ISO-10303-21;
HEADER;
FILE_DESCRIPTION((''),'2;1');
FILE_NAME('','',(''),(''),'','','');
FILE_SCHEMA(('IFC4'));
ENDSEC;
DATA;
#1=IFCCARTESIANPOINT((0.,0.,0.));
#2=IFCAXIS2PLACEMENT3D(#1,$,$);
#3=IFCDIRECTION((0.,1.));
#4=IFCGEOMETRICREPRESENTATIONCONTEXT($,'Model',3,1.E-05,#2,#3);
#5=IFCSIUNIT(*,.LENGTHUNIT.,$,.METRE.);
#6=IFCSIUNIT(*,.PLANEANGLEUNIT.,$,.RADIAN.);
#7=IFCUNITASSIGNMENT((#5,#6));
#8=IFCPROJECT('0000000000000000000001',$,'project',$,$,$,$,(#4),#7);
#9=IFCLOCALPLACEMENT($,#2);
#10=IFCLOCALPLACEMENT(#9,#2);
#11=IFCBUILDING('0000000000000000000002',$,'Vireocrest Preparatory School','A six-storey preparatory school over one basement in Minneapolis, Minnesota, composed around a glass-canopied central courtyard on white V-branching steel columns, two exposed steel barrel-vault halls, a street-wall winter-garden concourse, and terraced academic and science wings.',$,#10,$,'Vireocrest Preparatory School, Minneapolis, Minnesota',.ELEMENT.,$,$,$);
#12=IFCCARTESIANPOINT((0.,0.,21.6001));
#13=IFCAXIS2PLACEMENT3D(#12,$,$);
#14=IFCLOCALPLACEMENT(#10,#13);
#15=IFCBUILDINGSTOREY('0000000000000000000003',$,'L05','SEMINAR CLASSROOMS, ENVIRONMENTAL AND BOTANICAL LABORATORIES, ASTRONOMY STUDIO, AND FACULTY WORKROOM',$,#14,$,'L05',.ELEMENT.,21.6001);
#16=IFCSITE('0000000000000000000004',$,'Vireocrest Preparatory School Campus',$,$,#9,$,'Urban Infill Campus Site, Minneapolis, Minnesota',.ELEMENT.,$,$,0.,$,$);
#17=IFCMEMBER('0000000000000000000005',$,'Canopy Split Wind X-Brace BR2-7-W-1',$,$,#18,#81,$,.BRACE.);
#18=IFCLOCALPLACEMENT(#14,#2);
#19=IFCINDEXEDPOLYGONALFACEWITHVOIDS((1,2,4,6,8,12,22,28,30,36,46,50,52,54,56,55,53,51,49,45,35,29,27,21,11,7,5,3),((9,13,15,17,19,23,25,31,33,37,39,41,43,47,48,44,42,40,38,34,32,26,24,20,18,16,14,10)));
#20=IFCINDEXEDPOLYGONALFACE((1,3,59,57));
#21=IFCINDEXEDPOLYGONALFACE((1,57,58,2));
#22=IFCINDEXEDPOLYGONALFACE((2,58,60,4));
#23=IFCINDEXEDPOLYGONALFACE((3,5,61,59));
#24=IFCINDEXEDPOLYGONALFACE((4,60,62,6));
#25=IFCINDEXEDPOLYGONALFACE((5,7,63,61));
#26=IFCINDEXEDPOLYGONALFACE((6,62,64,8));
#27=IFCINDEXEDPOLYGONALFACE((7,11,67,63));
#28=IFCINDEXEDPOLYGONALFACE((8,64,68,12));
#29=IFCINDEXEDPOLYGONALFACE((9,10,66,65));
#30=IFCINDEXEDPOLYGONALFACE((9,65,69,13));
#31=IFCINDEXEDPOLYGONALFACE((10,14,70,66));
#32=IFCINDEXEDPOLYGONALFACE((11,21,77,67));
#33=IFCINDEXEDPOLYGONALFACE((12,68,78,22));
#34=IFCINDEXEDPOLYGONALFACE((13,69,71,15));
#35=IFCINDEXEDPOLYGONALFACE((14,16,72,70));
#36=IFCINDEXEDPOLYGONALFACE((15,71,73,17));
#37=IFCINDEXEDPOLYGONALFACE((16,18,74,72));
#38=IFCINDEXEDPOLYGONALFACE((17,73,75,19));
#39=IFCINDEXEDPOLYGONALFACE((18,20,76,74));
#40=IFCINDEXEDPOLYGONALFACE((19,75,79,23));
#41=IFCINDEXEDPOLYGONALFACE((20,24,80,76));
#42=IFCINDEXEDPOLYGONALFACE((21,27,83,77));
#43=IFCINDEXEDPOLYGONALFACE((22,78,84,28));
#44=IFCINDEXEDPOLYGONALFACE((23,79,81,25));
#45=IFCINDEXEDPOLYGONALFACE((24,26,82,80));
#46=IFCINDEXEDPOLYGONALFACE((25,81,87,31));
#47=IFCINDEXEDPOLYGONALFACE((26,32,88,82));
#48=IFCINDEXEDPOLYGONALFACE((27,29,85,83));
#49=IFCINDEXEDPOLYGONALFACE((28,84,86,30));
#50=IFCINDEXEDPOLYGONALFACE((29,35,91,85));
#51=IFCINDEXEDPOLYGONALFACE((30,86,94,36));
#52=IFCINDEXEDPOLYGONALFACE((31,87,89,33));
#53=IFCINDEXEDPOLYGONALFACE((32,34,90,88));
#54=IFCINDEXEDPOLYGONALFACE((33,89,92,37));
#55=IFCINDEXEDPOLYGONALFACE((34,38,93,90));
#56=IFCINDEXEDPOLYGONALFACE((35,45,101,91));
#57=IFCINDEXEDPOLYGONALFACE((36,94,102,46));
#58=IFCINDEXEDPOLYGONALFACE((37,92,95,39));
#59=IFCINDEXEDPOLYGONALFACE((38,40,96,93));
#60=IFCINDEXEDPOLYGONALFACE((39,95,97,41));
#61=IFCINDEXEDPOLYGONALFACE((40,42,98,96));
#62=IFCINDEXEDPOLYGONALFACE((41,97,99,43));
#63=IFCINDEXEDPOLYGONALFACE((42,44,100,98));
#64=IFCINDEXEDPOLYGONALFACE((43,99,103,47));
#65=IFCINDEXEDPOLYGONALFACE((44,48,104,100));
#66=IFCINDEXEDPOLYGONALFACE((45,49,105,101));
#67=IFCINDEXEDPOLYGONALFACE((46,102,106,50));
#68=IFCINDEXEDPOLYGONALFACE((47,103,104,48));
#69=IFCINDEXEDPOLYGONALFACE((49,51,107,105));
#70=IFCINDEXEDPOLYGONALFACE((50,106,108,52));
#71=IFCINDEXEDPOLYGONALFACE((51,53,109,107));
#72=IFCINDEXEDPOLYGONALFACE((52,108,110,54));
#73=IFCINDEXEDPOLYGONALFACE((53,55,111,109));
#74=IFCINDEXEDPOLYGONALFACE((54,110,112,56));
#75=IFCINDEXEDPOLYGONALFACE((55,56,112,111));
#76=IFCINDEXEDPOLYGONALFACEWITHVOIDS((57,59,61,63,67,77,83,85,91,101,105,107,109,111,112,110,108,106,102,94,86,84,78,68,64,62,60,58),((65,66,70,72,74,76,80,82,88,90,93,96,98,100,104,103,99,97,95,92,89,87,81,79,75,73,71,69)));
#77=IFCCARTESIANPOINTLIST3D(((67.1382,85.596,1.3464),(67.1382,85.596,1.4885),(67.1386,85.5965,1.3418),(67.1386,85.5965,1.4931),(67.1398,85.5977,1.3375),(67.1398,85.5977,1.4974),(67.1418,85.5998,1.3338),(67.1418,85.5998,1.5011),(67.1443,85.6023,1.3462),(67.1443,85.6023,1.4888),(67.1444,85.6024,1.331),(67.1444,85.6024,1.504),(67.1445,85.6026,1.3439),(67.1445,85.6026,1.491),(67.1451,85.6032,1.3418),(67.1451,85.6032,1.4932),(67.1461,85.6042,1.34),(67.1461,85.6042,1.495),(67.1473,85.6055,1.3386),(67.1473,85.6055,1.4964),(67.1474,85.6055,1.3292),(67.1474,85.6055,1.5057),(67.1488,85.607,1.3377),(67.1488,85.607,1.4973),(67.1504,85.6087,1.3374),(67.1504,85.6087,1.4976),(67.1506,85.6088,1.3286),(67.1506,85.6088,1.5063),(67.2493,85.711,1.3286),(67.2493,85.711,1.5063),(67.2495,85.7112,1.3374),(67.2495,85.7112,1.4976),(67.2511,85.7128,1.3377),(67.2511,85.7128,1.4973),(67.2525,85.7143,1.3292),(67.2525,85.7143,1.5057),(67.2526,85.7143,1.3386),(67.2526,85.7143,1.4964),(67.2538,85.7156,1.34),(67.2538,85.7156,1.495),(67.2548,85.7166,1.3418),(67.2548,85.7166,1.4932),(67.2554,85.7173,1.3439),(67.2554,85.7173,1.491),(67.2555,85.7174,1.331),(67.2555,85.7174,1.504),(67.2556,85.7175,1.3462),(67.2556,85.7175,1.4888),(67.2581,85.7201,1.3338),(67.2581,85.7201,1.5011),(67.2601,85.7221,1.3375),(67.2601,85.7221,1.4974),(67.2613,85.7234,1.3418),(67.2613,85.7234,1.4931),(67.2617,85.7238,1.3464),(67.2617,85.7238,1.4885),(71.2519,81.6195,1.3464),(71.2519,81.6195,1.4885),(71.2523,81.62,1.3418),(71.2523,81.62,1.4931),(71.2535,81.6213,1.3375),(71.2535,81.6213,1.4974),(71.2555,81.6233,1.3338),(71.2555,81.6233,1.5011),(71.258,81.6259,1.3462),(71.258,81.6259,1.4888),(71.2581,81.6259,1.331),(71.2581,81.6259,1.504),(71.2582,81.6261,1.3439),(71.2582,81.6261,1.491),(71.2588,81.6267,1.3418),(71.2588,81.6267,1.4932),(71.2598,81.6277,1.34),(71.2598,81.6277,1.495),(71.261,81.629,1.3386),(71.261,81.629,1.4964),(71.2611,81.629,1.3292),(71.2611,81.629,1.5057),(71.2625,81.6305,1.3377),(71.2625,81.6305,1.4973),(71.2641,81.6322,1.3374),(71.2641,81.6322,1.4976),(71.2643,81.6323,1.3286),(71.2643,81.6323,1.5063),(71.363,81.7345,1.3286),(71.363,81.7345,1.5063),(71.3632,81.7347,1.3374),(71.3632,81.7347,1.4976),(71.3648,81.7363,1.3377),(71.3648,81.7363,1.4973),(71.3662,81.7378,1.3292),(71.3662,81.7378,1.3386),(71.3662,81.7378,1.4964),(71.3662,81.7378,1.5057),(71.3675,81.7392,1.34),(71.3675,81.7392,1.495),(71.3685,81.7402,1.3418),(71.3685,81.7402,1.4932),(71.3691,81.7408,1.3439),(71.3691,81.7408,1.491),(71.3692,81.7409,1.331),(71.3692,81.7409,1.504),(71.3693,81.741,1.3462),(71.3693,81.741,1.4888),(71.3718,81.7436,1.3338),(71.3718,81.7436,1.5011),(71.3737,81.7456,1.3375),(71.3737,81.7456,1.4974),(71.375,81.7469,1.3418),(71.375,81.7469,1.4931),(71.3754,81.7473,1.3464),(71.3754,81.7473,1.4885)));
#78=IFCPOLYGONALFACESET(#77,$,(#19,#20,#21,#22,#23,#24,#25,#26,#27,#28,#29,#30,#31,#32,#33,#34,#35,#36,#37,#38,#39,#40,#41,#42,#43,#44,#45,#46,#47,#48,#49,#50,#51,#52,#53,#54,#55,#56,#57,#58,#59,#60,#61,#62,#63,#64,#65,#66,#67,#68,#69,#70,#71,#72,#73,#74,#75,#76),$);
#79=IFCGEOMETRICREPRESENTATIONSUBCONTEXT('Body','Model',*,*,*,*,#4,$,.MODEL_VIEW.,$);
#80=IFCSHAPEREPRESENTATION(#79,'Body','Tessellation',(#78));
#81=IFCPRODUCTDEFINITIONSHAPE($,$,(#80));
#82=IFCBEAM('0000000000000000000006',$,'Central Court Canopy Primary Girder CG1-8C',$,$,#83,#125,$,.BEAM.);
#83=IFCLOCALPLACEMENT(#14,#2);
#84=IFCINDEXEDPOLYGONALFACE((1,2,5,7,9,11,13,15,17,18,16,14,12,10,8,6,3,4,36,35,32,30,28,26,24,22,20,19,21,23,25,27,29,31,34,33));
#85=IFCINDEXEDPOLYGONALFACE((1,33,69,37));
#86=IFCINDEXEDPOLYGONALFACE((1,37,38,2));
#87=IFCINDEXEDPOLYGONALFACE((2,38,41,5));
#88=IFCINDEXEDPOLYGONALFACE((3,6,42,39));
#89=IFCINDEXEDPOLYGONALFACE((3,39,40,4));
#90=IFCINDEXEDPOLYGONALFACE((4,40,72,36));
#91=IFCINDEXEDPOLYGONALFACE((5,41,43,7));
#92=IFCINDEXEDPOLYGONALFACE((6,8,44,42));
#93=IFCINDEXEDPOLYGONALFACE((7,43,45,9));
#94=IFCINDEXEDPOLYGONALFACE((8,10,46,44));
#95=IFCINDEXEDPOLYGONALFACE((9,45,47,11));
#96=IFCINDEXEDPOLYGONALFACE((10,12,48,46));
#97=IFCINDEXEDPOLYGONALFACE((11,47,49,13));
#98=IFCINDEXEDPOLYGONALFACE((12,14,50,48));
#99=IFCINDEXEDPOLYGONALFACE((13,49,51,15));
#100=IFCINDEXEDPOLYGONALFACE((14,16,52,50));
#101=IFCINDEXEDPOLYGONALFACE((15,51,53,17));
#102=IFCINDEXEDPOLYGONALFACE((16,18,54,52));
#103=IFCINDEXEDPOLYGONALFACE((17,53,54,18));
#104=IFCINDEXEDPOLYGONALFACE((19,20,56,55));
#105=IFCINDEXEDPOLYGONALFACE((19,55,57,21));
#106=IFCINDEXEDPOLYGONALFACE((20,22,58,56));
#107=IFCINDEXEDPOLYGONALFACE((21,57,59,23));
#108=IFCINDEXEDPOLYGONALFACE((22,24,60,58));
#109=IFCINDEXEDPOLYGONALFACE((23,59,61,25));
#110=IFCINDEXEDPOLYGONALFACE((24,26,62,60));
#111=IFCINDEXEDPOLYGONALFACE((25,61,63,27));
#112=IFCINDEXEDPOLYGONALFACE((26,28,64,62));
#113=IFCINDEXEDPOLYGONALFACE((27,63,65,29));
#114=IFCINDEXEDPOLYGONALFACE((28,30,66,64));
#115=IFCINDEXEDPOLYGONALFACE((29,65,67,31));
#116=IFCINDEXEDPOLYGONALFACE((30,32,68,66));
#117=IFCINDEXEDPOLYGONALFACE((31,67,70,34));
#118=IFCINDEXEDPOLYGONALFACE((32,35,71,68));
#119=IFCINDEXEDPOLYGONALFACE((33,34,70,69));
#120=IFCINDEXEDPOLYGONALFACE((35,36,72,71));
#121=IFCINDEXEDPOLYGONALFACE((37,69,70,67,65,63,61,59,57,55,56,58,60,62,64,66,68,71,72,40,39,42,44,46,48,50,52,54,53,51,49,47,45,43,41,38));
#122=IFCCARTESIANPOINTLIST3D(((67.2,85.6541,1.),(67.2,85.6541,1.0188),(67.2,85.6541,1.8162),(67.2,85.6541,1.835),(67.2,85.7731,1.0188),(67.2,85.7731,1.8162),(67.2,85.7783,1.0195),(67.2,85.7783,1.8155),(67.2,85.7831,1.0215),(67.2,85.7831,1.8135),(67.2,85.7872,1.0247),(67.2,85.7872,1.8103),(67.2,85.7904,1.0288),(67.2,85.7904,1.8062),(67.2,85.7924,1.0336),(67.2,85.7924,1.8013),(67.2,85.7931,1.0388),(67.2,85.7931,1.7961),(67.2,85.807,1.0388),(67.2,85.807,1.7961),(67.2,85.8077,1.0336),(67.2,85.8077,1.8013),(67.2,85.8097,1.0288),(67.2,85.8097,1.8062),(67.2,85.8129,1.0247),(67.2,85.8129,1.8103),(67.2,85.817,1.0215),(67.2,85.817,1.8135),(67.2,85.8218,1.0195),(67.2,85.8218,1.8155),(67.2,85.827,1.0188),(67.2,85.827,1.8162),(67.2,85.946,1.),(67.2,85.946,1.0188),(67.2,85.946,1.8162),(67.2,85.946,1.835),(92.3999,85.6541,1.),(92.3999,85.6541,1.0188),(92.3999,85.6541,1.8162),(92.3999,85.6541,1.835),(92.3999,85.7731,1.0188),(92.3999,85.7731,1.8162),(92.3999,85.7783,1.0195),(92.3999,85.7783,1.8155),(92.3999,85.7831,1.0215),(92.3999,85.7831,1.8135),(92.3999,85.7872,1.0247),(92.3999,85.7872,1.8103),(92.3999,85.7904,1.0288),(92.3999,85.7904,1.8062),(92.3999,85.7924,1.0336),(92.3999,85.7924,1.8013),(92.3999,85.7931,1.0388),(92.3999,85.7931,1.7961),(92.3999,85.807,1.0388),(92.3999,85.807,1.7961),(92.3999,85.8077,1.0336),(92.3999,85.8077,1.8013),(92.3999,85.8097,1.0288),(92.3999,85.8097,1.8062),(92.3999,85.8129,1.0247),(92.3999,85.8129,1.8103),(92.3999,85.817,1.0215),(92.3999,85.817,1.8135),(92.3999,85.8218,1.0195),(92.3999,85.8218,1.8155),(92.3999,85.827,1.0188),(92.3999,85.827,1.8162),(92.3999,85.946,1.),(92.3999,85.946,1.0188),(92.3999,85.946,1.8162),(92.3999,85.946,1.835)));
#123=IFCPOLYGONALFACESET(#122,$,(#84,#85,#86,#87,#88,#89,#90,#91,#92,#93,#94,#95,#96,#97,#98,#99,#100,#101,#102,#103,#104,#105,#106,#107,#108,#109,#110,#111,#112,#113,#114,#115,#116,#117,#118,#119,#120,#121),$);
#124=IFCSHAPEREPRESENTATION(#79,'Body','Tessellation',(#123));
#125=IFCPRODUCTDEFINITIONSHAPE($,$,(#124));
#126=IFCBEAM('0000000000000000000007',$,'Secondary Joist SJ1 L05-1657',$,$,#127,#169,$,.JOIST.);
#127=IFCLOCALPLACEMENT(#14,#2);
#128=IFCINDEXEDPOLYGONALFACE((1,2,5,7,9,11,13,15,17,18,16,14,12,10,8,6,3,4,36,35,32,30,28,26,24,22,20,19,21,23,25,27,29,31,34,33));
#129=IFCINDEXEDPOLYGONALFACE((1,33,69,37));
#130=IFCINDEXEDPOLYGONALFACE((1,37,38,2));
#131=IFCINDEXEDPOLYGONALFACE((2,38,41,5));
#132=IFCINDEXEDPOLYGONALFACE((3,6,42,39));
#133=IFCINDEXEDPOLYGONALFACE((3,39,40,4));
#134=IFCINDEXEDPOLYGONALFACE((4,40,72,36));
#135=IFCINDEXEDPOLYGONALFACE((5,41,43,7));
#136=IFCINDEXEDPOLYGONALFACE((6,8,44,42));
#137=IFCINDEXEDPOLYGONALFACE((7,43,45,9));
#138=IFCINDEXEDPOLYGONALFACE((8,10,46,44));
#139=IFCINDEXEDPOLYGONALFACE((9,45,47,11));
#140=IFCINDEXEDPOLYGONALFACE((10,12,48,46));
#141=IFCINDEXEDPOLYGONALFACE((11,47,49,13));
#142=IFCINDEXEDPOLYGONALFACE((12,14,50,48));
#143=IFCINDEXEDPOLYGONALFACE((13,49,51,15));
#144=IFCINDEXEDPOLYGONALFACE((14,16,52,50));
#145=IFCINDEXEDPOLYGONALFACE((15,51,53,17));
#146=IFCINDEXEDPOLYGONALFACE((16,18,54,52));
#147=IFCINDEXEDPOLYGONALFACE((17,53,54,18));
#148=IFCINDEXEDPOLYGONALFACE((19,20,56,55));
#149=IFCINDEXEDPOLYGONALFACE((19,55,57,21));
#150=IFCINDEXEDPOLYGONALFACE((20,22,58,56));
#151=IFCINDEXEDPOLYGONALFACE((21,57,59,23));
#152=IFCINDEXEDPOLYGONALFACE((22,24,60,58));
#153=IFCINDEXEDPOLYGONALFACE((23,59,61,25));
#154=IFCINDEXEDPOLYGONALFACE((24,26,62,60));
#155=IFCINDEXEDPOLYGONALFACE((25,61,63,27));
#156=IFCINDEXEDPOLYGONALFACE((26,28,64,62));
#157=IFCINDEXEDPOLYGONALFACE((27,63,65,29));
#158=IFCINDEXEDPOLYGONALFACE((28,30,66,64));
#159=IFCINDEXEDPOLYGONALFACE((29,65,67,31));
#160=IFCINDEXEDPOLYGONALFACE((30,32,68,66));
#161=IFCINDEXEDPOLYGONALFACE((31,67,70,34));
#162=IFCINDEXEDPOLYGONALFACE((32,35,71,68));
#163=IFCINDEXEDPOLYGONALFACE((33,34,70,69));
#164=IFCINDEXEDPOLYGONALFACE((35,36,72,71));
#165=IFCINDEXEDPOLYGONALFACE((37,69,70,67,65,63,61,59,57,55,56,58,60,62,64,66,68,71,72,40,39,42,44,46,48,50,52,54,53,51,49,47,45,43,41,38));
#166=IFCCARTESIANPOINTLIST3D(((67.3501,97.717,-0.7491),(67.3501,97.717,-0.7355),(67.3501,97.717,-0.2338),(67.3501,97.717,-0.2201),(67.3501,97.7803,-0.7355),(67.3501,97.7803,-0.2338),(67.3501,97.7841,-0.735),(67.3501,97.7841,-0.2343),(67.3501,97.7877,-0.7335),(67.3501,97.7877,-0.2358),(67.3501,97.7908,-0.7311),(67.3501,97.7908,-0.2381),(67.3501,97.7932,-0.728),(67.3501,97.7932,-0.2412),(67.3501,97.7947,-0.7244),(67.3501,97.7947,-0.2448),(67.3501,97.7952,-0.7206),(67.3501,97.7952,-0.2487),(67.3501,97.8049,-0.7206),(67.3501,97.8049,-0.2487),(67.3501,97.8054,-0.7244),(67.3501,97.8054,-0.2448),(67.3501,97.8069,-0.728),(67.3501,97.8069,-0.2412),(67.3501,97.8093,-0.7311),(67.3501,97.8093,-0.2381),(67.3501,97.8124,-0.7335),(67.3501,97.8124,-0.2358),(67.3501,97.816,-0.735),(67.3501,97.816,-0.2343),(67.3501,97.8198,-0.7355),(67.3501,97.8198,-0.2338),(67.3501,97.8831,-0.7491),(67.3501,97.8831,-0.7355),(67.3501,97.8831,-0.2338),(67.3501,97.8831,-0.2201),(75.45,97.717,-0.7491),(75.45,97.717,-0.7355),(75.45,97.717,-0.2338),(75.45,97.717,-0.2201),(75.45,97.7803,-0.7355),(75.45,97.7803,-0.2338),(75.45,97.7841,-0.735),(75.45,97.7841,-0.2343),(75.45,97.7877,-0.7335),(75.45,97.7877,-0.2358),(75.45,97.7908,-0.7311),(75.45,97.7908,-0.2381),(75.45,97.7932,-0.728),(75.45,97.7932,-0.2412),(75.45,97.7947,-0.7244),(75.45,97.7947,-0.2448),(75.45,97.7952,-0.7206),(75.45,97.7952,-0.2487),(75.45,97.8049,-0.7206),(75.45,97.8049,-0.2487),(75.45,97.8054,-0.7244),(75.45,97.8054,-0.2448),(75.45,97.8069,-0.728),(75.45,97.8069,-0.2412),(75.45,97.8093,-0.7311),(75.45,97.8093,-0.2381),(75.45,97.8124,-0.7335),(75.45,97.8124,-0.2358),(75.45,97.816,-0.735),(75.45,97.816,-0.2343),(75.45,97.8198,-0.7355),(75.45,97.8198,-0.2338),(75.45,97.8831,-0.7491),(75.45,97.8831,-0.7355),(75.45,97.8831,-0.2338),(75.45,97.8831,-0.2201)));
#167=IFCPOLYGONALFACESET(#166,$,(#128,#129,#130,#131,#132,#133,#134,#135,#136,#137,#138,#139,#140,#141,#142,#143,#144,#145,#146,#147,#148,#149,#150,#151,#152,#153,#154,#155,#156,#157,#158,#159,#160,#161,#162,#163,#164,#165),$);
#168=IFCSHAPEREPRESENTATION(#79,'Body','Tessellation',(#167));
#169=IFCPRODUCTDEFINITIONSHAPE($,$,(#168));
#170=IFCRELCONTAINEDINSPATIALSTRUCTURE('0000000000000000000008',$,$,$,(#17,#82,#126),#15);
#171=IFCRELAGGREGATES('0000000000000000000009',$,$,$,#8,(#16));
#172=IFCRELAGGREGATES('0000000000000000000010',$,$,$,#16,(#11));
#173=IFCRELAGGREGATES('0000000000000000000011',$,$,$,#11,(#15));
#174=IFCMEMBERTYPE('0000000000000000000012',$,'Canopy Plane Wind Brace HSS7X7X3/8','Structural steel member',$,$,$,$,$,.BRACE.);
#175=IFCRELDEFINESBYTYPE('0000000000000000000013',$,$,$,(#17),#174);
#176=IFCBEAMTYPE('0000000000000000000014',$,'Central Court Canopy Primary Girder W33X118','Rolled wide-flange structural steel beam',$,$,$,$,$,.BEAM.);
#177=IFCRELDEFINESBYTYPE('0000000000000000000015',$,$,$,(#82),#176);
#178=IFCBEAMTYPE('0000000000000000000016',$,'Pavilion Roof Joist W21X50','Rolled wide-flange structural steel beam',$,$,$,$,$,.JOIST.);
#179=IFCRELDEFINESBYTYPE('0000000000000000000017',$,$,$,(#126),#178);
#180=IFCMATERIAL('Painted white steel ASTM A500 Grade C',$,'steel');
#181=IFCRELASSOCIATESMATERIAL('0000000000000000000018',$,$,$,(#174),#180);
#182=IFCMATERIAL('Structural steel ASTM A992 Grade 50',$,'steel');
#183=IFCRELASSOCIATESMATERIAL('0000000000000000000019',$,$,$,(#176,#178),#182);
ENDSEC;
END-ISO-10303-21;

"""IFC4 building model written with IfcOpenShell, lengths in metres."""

from ifc_helpers import new_model, si_unit, direction, frame, origin, origin_2d, place, context, subcontext, project, spatial, hollow_rectangle, i_section, extrude, material, material_profile, profile_set, type_object, element, save


model = new_model("IFC4")

# Units and contexts
model_context = context("Model", 3, precision=1e-05, world=origin(), true_north=direction((0.0, 1.0)))
body_context = subcontext(model_context, "Body", "Model", "MODEL_VIEW")
ifc_project = project(units=[si_unit("LENGTHUNIT", "METRE"), si_unit("PLANEANGLEUNIT", "RADIAN")], contexts=[model_context])

# Site, building, storey
site_placement = place(None, origin())
site = spatial("IfcSite", under=ifc_project, at=site_placement, Name="Vireocrest Preparatory School Campus", LongName="Urban Infill Campus Site, Minneapolis, Minnesota", CompositionType="ELEMENT", RefElevation=0.0)
building_placement = place(site_placement, origin())
building = spatial("IfcBuilding", under=site, at=building_placement, Name="Vireocrest Preparatory School", Description="A six-storey preparatory school over one basement in Minneapolis, Minnesota, composed around a glass-canopied central courtyard on white V-branching steel columns, two exposed steel barrel-vault halls, a street-wall winter-garden concourse, and terraced academic and science wings.", LongName="Vireocrest Preparatory School, Minneapolis, Minnesota", CompositionType="ELEMENT")
storey_placement = place(building_placement, frame((0.0, 0.0, 21.6001)))
storey = spatial("IfcBuildingStorey", under=building, at=storey_placement, Name="L05", Description="SEMINAR CLASSROOMS, ENVIRONMENTAL AND BOTANICAL LABORATORIES, ASTRONOMY STUDIO, AND FACULTY WORKROOM", LongName="L05", CompositionType="ELEMENT", Elevation=21.6001)

# Member
ifc_material_1 = material(Name="Painted white steel ASTM A500 Grade C", Category="steel")
ifc_material_profile_1 = material_profile(ifc_material_1, hollow_rectangle(XDim=0.1777, YDim=0.1777, WallThickness=0.0088, InnerFilletRadius=0.0088, OuterFilletRadius=0.0178, at=origin_2d()), Name="HSS7X7X3/8")
ifc_profile_set_1 = profile_set([ifc_material_profile_1], Name="Painted white steel ASTM A500 Grade C")
member_type_1 = type_object("IfcMemberType", Name="Canopy Plane Wind Brace HSS7X7X3/8", Description="Structural steel member", PredefinedType="BRACE", material=ifc_profile_set_1)
member_1_placement = place(storey_placement, frame((67.2, 85.6599, 1.4175), z_axis=(0.718995, -0.695015, 0.0), x_axis=(0.695015, 0.718995, 0.0)))
element("IfcMember", 1, at=member_1_placement, inside=storey, type_object=member_type_1, Name="Canopy Split Wind X-Brace BR2-7-W-1", PredefinedType="BRACE", context=body_context, shape_type="SweptSolid", body=[
    extrude(hollow_rectangle(XDim=0.1777, YDim=0.1777, WallThickness=0.0088, InnerFilletRadius=0.0088, OuterFilletRadius=0.0178, at=origin_2d()), origin(), (0.0, 0.0, 1.0), 5.7214),
])

# Beams
ifc_material_2 = material(Name="Structural steel ASTM A992 Grade 50", Category="steel")
ifc_material_profile_2 = material_profile(ifc_material_2, i_section(OverallWidth=0.292, OverallDepth=0.835, WebThickness=0.0139, FlangeThickness=0.0188, FilletRadius=0.02, at=origin_2d()), Name="W33X118")
ifc_profile_set_2 = profile_set([ifc_material_profile_2], Name="Structural steel ASTM A992 Grade 50")
beam_type_1 = type_object("IfcBeamType", Name="Central Court Canopy Primary Girder W33X118", Description="Rolled wide-flange structural steel beam", PredefinedType="BEAM", material=ifc_profile_set_2)
beam_1_placement = place(storey_placement, frame((67.2, 85.8, 1.4175), z_axis=(1.0, 0.0, 0.0), x_axis=(0.0, 1.0, 0.0)))
element("IfcBeam", 2, at=beam_1_placement, inside=storey, type_object=beam_type_1, Name="Central Court Canopy Primary Girder CG1-8C", PredefinedType="BEAM", context=body_context, shape_type="SweptSolid", body=[
    extrude(i_section(OverallWidth=0.292, OverallDepth=0.835, WebThickness=0.0139, FlangeThickness=0.0188, FilletRadius=0.02, at=origin_2d()), origin(), (0.0, 0.0, 1.0), 25.2),
])
ifc_material_profile_3 = material_profile(ifc_material_2, i_section(OverallWidth=0.166, OverallDepth=0.5291, WebThickness=0.0098, FlangeThickness=0.0137, FilletRadius=0.0149, at=origin_2d()), Name="W21X50")
ifc_profile_set_3 = profile_set([ifc_material_profile_3], Name="Structural steel ASTM A992 Grade 50")
beam_type_2 = type_object("IfcBeamType", Name="Pavilion Roof Joist W21X50", Description="Rolled wide-flange structural steel beam", PredefinedType="JOIST", material=ifc_profile_set_3)
for number, where, z_axis, x_axis, name in (
    (3, (67.3501, 97.8, -0.4846), (1.0, 0.0, 0.0), (0.0, 1.0, 0.0), "Secondary Joist SJ1 L05-1657"),
):
    element("IfcBeam", number, at=place(storey_placement, frame(where, z_axis=z_axis, x_axis=x_axis)), inside=storey, type_object=beam_type_2, Name=name, PredefinedType="JOIST", context=body_context, shape_type="SweptSolid", body=[
        extrude(i_section(OverallWidth=0.166, OverallDepth=0.5291, WebThickness=0.0098, FlangeThickness=0.0137, FilletRadius=0.0149, at=origin_2d()), origin(), (0.0, 0.0, 1.0), 8.0999),
    ])

save(model, "model.ifc")
